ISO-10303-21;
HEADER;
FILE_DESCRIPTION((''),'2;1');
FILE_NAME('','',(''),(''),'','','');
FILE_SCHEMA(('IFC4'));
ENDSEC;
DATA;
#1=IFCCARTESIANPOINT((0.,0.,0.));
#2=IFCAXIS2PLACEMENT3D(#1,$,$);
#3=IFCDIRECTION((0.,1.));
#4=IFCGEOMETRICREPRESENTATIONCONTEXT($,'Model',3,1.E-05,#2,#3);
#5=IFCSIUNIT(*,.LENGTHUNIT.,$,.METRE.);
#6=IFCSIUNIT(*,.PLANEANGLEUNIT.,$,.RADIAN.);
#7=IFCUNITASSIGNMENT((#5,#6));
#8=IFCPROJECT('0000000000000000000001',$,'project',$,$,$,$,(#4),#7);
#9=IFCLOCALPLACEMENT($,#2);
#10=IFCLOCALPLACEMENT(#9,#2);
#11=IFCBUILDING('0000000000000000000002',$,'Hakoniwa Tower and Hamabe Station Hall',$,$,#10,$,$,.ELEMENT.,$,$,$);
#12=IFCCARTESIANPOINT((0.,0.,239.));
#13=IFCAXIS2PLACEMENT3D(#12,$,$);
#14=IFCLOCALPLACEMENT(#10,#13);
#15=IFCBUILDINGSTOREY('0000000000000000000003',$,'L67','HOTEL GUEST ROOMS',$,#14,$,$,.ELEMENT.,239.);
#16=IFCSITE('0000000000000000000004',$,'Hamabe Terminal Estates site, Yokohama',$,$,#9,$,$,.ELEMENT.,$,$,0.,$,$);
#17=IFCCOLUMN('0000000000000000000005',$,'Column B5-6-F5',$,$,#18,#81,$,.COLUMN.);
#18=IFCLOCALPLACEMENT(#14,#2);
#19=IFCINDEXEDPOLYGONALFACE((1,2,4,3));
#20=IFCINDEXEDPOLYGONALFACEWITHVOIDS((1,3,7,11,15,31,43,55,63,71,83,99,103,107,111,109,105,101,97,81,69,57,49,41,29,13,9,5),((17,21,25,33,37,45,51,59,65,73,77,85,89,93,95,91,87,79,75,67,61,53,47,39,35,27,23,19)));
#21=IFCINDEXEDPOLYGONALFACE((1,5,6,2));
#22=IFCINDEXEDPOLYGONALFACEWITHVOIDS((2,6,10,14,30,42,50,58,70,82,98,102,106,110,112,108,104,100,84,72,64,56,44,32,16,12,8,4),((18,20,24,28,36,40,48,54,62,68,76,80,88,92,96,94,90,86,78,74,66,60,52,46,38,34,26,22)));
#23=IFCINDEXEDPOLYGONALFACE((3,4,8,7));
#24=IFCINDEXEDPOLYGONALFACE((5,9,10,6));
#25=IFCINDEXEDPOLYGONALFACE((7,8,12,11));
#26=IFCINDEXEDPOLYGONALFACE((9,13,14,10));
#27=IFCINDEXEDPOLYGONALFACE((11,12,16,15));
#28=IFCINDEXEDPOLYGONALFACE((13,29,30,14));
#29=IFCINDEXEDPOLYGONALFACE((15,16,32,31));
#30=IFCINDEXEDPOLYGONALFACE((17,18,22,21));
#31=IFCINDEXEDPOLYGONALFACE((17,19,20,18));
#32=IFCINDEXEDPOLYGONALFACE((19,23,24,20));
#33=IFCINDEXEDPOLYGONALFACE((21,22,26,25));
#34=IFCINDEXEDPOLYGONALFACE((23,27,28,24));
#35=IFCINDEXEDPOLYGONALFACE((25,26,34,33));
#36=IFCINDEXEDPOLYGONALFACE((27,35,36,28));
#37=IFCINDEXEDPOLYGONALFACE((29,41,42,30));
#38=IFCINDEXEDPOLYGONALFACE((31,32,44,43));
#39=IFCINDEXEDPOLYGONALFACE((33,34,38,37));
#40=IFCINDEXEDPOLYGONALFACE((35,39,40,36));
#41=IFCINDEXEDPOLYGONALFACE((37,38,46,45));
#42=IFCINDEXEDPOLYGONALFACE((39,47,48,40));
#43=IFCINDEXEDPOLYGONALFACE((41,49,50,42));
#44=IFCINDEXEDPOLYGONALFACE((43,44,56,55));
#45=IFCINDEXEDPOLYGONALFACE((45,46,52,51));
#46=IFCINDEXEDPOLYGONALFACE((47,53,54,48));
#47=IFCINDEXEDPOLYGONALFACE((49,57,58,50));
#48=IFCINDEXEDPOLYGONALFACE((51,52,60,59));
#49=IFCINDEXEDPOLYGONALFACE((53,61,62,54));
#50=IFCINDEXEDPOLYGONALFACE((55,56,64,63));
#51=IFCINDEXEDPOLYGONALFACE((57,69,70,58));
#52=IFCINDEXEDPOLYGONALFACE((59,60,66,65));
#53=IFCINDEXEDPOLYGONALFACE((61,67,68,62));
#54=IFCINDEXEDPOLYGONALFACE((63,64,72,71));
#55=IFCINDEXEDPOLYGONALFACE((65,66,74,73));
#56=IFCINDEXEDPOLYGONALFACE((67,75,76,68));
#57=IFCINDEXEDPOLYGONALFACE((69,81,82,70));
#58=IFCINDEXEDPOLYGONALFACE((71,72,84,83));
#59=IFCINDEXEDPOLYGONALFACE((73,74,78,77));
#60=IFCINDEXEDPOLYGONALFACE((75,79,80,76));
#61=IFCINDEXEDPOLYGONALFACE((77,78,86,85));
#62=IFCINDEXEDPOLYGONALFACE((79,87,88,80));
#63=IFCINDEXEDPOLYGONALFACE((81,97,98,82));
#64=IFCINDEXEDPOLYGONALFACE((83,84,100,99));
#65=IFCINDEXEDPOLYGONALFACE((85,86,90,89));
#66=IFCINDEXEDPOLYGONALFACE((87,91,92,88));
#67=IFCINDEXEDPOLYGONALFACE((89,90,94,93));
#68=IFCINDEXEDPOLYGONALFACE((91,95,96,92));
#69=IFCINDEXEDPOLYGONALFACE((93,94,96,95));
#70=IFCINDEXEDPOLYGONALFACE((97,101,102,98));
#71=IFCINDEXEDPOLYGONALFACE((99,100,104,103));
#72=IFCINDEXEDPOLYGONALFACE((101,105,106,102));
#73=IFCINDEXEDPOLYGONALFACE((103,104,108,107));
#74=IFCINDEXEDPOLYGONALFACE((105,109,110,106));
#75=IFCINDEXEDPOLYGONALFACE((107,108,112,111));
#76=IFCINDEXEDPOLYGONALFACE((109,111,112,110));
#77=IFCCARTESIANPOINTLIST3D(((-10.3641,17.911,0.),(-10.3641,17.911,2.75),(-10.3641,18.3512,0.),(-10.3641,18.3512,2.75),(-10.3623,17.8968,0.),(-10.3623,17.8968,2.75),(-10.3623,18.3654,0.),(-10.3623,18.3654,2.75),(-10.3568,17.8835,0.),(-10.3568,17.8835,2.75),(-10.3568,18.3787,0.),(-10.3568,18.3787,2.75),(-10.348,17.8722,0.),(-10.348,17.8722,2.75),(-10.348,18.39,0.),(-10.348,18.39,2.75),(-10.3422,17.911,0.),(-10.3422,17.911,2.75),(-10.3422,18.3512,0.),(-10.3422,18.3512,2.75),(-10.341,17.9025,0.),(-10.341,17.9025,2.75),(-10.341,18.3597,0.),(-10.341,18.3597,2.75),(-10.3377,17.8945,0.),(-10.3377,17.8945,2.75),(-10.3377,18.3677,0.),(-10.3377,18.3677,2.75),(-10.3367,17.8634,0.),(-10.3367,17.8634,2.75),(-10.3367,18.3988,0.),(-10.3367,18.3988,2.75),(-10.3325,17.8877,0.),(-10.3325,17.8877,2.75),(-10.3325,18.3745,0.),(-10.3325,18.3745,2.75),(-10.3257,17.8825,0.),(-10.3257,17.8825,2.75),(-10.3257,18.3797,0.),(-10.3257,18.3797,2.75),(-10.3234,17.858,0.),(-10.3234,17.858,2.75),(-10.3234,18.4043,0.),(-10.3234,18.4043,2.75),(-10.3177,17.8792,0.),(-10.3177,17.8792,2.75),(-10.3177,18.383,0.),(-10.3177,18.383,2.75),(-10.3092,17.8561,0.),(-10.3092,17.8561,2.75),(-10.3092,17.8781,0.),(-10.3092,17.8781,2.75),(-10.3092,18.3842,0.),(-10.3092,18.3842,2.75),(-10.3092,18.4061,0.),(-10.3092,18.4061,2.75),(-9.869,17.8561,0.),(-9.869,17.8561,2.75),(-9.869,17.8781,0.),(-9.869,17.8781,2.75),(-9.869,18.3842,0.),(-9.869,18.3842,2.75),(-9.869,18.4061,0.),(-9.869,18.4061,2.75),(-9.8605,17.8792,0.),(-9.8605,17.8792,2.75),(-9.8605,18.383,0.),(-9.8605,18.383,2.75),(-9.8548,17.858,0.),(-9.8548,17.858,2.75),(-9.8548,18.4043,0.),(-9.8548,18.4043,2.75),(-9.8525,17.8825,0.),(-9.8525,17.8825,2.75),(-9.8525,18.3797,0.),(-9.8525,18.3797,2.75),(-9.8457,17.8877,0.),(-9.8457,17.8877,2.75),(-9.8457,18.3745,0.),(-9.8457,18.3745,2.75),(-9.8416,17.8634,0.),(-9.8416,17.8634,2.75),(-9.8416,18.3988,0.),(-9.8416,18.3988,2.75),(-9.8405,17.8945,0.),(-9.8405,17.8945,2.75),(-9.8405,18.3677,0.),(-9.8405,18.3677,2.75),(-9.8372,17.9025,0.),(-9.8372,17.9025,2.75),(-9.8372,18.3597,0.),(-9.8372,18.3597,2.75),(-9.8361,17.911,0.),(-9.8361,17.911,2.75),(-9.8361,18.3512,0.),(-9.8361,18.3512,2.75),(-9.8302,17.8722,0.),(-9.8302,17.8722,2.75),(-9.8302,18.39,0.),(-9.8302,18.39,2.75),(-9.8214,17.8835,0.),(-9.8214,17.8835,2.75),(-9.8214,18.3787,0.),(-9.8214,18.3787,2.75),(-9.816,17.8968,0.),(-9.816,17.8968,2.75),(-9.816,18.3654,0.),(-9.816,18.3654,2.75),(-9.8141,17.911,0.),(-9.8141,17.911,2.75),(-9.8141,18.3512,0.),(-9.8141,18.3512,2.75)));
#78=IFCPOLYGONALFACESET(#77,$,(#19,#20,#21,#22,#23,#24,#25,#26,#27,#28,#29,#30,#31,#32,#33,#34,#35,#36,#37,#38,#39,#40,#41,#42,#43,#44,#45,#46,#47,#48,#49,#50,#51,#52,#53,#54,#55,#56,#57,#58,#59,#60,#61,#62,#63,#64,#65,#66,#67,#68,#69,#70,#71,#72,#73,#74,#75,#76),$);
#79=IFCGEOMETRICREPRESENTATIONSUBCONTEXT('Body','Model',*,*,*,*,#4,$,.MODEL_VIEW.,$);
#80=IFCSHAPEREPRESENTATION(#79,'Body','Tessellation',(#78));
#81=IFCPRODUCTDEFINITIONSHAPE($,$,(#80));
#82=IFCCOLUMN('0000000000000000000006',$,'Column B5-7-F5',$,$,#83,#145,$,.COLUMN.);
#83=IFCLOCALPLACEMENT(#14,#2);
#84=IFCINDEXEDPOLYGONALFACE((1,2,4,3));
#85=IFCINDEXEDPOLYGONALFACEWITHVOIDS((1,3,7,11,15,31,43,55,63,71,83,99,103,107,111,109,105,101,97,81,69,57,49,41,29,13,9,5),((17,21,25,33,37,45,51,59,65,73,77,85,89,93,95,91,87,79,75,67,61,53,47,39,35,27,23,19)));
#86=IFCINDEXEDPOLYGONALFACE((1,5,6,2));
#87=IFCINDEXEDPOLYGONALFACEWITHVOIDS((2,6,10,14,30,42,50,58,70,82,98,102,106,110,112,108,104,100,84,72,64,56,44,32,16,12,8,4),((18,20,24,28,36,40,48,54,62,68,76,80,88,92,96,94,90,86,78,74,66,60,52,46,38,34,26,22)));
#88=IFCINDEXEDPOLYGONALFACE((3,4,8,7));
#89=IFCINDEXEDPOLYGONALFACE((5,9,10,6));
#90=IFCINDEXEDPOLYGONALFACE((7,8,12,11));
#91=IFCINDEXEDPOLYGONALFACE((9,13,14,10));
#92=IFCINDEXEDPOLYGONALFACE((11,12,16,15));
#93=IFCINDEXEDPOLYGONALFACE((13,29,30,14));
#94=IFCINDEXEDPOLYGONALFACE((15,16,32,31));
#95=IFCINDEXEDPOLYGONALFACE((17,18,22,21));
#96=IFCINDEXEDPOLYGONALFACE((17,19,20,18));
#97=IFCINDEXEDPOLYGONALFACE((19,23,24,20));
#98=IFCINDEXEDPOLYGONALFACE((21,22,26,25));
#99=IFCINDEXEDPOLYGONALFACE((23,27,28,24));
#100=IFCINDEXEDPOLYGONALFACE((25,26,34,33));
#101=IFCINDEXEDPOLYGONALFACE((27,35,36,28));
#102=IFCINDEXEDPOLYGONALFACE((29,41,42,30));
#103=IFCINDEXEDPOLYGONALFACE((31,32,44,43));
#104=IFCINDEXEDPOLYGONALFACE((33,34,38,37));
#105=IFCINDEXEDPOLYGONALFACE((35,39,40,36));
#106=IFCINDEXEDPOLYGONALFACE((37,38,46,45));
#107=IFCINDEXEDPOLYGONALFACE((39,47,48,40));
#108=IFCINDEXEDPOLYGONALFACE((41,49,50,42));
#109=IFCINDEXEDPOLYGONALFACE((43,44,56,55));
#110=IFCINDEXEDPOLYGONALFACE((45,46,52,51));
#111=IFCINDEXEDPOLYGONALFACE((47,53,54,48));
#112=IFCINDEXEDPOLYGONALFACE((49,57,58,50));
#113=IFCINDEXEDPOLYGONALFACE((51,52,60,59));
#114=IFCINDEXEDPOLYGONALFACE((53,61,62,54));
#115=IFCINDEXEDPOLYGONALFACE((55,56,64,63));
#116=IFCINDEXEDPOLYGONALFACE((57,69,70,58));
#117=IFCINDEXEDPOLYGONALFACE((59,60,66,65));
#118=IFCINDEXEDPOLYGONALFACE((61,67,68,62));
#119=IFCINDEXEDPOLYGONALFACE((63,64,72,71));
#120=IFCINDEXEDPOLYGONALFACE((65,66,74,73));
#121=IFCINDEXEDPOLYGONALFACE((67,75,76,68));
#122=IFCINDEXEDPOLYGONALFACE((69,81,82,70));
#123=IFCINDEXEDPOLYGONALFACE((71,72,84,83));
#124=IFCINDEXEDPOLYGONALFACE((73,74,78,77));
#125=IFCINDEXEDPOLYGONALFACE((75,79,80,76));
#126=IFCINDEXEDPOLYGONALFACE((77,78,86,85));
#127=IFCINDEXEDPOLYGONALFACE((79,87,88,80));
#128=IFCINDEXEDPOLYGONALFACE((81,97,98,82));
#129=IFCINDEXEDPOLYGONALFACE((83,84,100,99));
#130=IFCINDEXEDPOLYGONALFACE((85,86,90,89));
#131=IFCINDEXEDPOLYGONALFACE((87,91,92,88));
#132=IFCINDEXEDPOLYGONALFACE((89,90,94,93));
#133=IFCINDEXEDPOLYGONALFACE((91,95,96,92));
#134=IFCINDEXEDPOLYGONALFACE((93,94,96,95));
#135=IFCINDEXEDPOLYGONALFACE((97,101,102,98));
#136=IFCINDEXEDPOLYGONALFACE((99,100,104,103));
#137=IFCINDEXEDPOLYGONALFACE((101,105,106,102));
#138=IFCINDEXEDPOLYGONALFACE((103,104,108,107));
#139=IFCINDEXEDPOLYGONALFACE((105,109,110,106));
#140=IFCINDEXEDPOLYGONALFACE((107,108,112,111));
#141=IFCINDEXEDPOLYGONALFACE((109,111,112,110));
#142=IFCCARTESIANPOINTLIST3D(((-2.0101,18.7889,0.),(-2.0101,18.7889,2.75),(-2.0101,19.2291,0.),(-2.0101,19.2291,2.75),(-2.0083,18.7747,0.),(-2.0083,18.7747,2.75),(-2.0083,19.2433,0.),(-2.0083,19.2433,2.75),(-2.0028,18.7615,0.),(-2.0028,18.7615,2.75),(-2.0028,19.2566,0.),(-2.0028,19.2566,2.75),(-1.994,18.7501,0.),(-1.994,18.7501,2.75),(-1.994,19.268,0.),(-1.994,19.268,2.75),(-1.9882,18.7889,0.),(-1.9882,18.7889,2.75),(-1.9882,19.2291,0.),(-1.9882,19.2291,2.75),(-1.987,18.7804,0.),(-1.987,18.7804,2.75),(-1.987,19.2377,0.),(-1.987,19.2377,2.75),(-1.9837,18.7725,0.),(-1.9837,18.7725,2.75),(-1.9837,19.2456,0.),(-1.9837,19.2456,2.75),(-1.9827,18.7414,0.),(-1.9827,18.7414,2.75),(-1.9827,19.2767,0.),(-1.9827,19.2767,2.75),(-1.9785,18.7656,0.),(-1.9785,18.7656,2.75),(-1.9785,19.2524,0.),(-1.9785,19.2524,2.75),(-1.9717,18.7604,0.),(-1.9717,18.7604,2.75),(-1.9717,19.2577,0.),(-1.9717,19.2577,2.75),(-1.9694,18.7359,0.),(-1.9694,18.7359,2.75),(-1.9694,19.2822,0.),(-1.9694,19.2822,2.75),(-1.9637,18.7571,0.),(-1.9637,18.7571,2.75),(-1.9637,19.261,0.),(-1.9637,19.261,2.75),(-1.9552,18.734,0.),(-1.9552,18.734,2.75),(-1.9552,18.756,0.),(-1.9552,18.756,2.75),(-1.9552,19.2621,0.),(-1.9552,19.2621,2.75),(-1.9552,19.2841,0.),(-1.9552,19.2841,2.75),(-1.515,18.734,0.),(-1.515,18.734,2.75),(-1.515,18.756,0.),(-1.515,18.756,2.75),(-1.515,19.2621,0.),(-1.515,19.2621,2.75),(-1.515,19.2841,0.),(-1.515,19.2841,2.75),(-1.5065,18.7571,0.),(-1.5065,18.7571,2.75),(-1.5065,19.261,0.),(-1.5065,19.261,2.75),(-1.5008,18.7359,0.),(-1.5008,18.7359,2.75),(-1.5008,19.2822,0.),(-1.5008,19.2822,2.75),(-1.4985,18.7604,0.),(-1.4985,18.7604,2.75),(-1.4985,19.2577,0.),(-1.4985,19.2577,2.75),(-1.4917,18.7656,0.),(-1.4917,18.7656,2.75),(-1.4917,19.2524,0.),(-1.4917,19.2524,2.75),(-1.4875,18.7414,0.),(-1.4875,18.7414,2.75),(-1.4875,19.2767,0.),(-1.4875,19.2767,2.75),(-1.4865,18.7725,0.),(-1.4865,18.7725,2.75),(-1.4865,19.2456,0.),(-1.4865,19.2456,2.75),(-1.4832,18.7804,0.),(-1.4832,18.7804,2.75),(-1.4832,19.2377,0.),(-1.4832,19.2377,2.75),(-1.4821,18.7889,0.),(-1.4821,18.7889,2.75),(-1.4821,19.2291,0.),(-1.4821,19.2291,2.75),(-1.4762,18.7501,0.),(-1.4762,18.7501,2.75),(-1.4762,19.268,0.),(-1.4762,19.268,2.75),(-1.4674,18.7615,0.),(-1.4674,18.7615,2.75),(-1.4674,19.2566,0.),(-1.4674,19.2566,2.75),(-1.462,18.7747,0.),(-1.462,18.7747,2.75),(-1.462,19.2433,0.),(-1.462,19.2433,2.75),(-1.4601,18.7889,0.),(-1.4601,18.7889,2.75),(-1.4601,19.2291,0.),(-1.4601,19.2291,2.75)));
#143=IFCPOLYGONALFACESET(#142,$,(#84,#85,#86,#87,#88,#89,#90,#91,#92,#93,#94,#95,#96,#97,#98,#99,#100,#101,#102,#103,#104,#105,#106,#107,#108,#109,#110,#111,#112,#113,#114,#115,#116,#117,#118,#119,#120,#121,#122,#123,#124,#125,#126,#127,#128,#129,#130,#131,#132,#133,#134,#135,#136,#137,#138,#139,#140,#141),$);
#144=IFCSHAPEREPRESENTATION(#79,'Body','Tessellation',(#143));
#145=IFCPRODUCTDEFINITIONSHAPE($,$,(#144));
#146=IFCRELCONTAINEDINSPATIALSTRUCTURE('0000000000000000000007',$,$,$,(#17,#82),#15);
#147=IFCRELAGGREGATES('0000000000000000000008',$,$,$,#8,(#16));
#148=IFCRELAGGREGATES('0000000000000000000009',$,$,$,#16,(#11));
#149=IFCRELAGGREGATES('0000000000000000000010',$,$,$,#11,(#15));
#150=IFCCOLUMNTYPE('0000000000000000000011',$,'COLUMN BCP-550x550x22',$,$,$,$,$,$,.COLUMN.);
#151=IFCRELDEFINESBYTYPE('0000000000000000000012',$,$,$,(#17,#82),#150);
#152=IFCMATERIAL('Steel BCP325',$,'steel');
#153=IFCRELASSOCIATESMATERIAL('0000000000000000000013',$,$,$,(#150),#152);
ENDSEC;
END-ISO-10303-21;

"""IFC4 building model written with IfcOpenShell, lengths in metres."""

from ifc_helpers import new_model, si_unit, direction, frame, origin, origin_2d, place, context, subcontext, project, spatial, hollow_rectangle, extrude, material, material_profile, profile_set, type_object, element, save


model = new_model("IFC4")

# Units and contexts
model_context = context("Model", 3, precision=1e-05, world=origin(), true_north=direction((0.0, 1.0)))
body_context = subcontext(model_context, "Body", "Model", "MODEL_VIEW")
ifc_project = project(units=[si_unit("LENGTHUNIT", "METRE"), si_unit("PLANEANGLEUNIT", "RADIAN")], contexts=[model_context])

# Site, building, storey
site_placement = place(None, origin())
site = spatial("IfcSite", under=ifc_project, at=site_placement, Name="Hamabe Terminal Estates site, Yokohama", CompositionType="ELEMENT", RefElevation=0.0)
building_placement = place(site_placement, origin())
building = spatial("IfcBuilding", under=site, at=building_placement, Name="Hakoniwa Tower and Hamabe Station Hall", CompositionType="ELEMENT")
storey_placement = place(building_placement, frame((0.0, 0.0, 239.0)))
storey = spatial("IfcBuildingStorey", under=building, at=storey_placement, Name="L67", Description="HOTEL GUEST ROOMS", CompositionType="ELEMENT", Elevation=239.0)

# Columns
ifc_material_1 = material(Name="Steel BCP325", Category="steel")
ifc_material_profile_1 = material_profile(ifc_material_1, hollow_rectangle(XDim=0.55, YDim=0.55, WallThickness=0.022, InnerFilletRadius=0.033, OuterFilletRadius=0.0549, at=origin_2d()), Name="BCP-550x550x22")
ifc_profile_set_1 = profile_set([ifc_material_profile_1], Name="Steel BCP325")
column_type_1 = type_object("IfcColumnType", Name="COLUMN BCP-550x550x22", PredefinedType="COLUMN", material=ifc_profile_set_1)
for number, where, z_axis, x_axis, name in (
    (1, (-10.0891, 18.1311, 0.0), (0.0, 0.0, 1.0), (1.0, 0.0, 0.0), "Column B5-6-F5"),
    (2, (-1.7351, 19.009, 0.0), (0.0, 0.0, 1.0), (1.0, 0.0, 0.0), "Column B5-7-F5"),
):
    element("IfcColumn", number, at=place(storey_placement, frame(where, z_axis=z_axis, x_axis=x_axis)), inside=storey, type_object=column_type_1, Name=name, PredefinedType="COLUMN", context=body_context, shape_type="SweptSolid", body=[
        extrude(hollow_rectangle(XDim=0.55, YDim=0.55, WallThickness=0.022, InnerFilletRadius=0.033, OuterFilletRadius=0.0549, at=origin_2d()), origin(), (0.0, 0.0, 1.0), 2.75),
    ])

save(model, "model.ifc")
